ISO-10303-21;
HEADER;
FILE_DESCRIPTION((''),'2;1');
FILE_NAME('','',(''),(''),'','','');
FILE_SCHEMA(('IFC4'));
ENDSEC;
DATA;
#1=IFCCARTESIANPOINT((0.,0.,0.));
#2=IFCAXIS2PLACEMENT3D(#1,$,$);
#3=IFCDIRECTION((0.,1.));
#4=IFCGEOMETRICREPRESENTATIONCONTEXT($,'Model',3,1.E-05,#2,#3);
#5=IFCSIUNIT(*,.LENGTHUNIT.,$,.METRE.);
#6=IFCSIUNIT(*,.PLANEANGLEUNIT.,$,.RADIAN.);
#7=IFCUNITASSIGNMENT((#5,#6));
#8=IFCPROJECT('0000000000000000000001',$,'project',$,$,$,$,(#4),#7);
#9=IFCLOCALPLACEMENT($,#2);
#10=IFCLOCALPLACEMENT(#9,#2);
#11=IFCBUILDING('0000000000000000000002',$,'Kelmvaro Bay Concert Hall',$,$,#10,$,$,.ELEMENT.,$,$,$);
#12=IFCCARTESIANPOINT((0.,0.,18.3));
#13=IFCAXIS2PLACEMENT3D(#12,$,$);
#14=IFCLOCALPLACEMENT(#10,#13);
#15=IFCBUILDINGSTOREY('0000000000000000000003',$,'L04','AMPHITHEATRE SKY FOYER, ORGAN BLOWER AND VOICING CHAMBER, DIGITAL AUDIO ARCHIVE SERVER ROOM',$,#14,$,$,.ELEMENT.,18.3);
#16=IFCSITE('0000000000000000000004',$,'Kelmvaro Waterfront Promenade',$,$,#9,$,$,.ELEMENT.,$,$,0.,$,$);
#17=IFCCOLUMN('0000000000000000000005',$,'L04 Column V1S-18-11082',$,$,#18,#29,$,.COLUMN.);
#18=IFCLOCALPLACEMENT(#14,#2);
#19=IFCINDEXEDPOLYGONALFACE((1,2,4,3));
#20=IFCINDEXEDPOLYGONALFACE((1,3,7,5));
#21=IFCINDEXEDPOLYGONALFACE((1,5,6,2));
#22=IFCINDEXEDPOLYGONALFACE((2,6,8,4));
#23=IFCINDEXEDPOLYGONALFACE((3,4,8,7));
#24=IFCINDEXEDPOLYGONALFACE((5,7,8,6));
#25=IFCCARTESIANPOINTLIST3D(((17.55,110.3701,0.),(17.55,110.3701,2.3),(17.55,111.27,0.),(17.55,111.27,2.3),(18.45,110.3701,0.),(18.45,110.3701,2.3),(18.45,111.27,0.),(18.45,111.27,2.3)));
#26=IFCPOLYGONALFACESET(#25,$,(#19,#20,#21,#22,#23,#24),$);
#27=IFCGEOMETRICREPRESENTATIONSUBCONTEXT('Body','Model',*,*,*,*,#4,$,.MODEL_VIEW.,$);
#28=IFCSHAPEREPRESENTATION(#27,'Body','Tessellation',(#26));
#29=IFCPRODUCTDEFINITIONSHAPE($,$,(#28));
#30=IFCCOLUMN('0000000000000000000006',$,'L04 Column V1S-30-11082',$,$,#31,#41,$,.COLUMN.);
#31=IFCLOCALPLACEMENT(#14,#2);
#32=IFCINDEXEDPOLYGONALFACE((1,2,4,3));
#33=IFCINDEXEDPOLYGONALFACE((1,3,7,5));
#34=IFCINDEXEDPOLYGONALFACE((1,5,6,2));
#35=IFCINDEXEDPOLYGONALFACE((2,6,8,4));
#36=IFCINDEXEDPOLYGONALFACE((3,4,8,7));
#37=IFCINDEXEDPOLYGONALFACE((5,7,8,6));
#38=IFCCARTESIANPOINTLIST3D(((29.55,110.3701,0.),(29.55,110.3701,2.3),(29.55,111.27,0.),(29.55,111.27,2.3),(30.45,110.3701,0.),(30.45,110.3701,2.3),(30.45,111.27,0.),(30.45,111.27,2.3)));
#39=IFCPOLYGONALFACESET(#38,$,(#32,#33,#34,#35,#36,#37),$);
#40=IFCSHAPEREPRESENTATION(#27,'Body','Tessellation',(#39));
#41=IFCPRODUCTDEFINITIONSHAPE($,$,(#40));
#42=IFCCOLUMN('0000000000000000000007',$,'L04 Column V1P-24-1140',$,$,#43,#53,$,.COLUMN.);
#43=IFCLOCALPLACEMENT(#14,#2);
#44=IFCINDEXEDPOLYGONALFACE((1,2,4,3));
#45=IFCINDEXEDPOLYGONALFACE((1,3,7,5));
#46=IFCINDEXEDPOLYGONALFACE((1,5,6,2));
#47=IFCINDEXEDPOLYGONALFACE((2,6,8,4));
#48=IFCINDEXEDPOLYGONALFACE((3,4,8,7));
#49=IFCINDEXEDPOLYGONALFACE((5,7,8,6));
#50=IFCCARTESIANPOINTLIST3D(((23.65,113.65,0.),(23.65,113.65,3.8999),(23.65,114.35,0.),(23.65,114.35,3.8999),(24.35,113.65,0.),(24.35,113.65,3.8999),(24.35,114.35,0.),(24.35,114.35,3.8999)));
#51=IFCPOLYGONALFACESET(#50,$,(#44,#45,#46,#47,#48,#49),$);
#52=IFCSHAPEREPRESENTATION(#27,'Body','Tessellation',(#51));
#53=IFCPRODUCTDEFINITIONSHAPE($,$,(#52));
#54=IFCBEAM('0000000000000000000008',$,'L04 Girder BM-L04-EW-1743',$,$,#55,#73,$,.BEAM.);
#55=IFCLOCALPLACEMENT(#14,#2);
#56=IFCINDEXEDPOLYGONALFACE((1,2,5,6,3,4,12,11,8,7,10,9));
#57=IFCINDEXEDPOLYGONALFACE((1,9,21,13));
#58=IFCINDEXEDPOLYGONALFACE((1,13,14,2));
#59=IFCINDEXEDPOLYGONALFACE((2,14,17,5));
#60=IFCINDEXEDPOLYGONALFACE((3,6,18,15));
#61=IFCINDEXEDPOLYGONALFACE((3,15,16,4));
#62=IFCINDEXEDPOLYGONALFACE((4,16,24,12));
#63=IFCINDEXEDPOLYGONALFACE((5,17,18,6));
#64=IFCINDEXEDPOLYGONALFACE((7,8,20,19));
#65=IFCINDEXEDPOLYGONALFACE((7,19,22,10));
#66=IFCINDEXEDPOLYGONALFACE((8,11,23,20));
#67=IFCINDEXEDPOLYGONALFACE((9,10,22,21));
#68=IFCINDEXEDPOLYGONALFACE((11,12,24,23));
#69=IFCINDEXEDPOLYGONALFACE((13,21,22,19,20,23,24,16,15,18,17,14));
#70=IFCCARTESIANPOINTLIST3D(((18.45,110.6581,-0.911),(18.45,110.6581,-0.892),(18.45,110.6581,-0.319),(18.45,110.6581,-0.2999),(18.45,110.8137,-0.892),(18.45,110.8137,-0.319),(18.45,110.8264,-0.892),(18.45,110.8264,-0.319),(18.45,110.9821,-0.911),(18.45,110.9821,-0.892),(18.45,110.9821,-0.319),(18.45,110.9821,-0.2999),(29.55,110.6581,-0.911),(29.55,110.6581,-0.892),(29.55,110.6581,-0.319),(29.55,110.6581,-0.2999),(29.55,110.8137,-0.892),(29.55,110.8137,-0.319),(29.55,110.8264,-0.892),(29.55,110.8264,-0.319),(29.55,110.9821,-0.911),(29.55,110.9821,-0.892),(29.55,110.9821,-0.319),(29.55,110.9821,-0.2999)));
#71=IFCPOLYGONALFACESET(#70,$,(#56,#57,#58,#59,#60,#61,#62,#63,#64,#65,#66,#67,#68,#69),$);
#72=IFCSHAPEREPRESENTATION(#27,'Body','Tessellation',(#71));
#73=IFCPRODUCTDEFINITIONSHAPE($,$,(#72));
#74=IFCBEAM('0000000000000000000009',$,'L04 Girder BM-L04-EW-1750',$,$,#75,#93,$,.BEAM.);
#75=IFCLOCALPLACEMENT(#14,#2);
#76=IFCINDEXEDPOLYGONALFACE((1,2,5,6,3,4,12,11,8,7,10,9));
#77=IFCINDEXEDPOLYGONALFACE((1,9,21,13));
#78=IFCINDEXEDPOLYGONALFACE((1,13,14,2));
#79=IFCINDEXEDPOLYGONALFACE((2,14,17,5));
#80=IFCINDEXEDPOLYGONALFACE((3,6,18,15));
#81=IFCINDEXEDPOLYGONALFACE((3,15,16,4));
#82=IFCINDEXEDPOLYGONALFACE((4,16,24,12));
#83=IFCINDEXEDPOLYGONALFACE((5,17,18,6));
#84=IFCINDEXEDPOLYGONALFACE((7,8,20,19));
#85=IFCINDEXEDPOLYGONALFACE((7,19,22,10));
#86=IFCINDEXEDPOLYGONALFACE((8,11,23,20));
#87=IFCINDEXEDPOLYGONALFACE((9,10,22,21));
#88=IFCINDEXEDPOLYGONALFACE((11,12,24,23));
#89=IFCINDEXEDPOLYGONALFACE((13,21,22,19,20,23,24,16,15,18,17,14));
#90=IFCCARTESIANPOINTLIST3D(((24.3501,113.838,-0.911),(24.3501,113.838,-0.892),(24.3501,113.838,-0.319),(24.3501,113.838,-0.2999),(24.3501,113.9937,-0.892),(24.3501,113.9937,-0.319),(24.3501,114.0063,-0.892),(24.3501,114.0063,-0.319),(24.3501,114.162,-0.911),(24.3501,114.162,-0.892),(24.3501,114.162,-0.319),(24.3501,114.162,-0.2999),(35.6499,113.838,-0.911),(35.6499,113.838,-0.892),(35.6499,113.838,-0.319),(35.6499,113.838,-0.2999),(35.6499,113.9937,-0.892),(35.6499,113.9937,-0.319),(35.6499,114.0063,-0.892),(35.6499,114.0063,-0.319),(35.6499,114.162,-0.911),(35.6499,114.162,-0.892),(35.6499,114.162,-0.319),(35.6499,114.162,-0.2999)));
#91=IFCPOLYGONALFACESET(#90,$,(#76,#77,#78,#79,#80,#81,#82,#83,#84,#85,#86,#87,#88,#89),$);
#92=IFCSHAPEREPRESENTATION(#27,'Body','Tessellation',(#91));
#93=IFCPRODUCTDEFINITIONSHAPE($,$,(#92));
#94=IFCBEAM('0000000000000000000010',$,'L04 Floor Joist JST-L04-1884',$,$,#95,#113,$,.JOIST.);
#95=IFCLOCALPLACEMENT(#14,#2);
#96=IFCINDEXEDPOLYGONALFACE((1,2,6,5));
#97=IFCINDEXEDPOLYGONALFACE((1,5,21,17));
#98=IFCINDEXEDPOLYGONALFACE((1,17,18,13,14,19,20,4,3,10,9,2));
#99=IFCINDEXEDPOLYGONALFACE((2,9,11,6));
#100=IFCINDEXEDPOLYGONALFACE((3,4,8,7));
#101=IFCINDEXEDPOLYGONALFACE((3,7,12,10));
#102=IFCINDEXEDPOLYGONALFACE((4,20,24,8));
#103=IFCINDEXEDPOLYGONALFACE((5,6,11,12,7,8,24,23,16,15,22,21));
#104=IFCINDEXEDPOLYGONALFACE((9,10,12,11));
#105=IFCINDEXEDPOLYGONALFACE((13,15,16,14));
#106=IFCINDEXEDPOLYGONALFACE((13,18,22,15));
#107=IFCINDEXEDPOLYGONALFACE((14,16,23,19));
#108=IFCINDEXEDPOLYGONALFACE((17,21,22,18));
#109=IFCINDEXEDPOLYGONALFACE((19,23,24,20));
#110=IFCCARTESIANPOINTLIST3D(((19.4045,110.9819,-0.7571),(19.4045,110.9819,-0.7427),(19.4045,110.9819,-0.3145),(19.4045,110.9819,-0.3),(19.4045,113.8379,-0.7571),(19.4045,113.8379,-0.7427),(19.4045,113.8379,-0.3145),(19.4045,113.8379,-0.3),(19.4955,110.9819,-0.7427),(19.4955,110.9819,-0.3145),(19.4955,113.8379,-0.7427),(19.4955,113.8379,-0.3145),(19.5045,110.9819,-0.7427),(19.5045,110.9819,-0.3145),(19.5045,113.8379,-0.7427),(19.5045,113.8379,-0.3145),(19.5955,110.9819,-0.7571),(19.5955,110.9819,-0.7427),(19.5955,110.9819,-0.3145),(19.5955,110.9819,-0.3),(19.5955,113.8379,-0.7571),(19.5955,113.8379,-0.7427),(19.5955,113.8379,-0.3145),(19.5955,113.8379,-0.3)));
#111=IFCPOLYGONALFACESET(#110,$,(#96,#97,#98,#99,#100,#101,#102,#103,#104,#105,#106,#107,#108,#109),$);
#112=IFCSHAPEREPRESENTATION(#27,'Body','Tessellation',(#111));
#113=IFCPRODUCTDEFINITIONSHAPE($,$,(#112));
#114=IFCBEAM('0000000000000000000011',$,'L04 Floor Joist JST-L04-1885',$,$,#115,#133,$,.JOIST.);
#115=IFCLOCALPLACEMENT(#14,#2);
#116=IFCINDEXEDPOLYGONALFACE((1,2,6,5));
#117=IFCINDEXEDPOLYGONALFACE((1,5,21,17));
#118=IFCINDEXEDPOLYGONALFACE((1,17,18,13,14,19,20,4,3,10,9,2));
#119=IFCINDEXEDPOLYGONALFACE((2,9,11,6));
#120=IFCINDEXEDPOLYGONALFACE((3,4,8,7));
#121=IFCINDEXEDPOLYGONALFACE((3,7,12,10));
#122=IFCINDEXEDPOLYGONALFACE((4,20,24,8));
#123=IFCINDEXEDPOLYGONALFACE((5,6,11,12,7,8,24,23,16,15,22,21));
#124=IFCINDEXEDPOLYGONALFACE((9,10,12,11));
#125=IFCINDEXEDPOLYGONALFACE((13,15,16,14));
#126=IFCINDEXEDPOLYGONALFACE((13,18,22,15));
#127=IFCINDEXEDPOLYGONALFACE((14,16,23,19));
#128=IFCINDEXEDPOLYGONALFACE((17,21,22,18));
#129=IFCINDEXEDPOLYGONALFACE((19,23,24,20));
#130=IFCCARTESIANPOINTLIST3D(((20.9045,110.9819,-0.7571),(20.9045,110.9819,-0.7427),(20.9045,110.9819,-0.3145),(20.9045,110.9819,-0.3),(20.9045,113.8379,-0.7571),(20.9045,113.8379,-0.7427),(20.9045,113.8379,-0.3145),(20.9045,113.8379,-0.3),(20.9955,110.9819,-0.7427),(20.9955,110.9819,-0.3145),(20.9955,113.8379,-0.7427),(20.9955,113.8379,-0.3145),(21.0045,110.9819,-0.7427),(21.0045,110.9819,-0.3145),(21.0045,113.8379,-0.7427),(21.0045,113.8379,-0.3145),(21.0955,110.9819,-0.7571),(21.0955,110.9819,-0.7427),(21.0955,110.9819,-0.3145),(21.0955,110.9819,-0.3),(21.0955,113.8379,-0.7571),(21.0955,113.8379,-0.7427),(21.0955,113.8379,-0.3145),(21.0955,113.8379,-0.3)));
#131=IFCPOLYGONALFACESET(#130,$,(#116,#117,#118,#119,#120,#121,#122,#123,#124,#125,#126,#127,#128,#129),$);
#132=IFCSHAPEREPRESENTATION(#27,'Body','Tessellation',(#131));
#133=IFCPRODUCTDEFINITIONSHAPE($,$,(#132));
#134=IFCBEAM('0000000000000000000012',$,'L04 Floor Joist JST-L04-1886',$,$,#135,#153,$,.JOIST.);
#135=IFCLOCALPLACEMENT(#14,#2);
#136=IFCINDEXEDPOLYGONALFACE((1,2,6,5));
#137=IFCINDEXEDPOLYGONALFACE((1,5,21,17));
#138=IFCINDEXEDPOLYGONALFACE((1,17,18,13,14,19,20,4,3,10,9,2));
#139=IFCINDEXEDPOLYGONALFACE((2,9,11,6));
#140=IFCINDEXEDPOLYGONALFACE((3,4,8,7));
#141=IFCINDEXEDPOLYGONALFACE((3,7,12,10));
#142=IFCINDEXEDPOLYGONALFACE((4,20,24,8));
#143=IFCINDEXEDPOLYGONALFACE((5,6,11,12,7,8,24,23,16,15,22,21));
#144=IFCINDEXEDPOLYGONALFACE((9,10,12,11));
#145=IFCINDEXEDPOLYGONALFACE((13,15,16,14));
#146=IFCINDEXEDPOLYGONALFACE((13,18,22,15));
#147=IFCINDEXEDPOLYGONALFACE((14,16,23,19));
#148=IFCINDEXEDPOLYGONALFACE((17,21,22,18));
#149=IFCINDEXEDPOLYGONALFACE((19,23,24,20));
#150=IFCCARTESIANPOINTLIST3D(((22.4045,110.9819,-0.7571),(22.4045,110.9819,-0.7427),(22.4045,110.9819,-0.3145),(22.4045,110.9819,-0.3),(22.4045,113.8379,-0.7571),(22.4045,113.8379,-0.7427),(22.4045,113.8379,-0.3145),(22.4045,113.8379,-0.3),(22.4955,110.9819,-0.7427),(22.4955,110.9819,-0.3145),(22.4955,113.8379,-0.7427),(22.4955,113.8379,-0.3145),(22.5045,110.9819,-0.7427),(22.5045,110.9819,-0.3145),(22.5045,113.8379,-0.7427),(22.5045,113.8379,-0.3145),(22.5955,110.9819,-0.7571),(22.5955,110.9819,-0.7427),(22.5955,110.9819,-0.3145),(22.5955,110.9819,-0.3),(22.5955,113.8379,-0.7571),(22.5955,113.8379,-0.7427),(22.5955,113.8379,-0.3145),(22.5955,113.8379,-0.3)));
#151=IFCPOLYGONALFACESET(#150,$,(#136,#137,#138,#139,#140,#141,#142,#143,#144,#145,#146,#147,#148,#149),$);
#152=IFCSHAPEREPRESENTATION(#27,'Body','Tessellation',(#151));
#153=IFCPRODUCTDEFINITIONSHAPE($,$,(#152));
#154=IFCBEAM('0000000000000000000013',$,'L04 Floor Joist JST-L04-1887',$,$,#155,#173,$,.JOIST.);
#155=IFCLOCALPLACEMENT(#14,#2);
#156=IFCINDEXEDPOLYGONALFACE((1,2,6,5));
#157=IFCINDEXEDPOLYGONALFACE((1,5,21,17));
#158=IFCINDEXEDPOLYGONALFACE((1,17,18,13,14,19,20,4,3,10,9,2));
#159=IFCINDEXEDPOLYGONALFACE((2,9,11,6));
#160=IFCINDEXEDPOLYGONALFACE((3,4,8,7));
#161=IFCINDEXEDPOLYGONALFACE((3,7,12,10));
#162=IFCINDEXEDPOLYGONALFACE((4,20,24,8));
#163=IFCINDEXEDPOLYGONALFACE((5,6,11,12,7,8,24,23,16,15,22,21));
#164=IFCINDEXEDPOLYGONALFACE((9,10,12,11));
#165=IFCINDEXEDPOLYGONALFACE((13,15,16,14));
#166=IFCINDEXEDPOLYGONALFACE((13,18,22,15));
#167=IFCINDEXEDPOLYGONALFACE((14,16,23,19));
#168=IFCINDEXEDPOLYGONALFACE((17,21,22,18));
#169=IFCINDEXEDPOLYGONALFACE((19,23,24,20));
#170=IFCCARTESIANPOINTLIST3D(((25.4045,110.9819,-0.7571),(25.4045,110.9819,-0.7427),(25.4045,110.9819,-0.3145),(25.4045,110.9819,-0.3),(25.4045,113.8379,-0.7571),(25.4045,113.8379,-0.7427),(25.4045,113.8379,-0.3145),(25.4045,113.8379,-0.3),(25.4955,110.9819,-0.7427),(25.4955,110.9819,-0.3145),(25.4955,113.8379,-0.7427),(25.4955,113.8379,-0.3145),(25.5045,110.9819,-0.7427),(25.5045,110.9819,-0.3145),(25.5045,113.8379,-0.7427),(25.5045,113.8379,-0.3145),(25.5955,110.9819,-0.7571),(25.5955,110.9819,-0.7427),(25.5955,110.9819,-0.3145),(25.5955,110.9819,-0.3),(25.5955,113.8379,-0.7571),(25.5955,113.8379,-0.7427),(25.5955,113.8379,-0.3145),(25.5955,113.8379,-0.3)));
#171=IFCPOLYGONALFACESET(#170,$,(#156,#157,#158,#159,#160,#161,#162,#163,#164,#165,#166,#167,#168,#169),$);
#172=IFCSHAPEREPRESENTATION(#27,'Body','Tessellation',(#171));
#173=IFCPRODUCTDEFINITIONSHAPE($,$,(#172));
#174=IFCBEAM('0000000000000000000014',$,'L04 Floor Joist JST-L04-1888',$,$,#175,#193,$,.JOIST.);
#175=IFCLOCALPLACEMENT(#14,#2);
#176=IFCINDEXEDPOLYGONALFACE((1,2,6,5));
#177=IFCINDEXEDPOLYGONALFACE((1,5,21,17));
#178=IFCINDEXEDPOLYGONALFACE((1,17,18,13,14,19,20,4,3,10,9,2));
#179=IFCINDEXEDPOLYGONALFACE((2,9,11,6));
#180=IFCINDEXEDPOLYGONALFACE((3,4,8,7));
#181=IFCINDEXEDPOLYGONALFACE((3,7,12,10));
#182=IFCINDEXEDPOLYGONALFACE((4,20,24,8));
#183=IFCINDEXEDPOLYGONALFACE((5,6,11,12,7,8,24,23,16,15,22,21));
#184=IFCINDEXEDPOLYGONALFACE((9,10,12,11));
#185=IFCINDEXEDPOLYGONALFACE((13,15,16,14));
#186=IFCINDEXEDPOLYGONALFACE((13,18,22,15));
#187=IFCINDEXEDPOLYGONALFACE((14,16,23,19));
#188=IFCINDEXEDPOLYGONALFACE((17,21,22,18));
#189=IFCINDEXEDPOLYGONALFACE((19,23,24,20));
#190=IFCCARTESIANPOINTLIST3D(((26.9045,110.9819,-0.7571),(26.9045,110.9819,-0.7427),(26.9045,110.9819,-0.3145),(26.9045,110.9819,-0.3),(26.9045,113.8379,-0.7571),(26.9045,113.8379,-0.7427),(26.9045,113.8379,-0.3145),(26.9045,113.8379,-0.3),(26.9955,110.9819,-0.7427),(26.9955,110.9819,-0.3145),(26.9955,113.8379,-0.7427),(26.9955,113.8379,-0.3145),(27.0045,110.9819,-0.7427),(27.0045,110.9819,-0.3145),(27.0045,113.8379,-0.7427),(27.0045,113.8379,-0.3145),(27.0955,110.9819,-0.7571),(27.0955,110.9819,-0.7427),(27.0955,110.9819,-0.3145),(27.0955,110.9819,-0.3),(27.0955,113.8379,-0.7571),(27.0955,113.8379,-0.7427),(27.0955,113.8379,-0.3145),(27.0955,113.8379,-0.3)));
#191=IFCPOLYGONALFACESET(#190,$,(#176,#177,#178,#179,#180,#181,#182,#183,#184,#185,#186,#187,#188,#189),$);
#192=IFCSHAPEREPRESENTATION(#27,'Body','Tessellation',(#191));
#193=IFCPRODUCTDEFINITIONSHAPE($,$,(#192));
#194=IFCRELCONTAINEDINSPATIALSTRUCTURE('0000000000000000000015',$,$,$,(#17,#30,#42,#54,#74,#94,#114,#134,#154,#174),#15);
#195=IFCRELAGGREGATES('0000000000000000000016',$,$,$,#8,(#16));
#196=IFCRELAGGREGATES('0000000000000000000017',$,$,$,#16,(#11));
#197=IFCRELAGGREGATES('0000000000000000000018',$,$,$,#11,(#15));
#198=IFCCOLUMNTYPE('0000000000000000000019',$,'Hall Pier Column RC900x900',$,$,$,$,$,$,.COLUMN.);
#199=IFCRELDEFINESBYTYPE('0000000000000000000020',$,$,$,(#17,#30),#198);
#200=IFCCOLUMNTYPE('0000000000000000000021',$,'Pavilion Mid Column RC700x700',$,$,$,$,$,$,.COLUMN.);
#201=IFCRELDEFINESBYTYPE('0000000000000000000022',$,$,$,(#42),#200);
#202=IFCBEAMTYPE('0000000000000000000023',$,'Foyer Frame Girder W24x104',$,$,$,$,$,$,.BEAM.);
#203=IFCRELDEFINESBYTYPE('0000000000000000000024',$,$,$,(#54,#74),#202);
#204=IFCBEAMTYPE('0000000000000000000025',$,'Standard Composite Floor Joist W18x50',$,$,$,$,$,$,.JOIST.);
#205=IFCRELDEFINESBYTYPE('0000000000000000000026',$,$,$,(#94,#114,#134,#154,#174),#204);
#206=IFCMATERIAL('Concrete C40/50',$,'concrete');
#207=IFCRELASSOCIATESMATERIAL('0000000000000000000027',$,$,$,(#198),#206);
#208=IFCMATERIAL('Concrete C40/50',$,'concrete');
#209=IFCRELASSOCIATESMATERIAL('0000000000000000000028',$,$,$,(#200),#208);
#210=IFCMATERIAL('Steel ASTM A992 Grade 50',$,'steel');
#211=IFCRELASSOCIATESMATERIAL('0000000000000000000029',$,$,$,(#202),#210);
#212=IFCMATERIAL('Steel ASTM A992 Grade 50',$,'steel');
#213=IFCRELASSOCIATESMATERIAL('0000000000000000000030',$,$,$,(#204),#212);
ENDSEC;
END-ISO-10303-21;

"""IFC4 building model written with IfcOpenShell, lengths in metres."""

from ifc_helpers import new_model, si_unit, direction, frame, origin, origin_2d, place, context, subcontext, project, spatial, rectangle, i_section, extrude, material, material_profile, profile_set, type_object, element, save


model = new_model("IFC4")

# Units and contexts
model_context = context("Model", 3, precision=1e-05, world=origin(), true_north=direction((0.0, 1.0)))
body_context = subcontext(model_context, "Body", "Model", "MODEL_VIEW")
ifc_project = project(units=[si_unit("LENGTHUNIT", "METRE"), si_unit("PLANEANGLEUNIT", "RADIAN")], contexts=[model_context])

# Site, building, storey
site_placement = place(None, origin())
site = spatial("IfcSite", under=ifc_project, at=site_placement, Name="Kelmvaro Waterfront Promenade", CompositionType="ELEMENT", RefElevation=0.0)
building_placement = place(site_placement, origin())
building = spatial("IfcBuilding", under=site, at=building_placement, Name="Kelmvaro Bay Concert Hall", CompositionType="ELEMENT")
storey_placement = place(building_placement, frame((0.0, 0.0, 18.3)))
storey = spatial("IfcBuildingStorey", under=building, at=storey_placement, Name="L04", Description="AMPHITHEATRE SKY FOYER, ORGAN BLOWER AND VOICING CHAMBER, DIGITAL AUDIO ARCHIVE SERVER ROOM", CompositionType="ELEMENT", Elevation=18.3)

# Columns
ifc_material_1 = material(Name="Concrete C40/50", Category="concrete")
ifc_material_profile_1 = material_profile(ifc_material_1, rectangle(XDim=0.8999, YDim=0.8999, at=origin_2d()), Name="RC-COL-900X900")
ifc_profile_set_1 = profile_set([ifc_material_profile_1], Name="Concrete C40/50")
column_type_1 = type_object("IfcColumnType", Name="Hall Pier Column RC900x900", PredefinedType="COLUMN", material=ifc_profile_set_1)
for number, where, z_axis, x_axis, name in (
    (1, (18.0, 110.8201, 0.0), (0.0, 0.0, 1.0), (1.0, 0.0, 0.0), "L04 Column V1S-18-11082"),
    (2, (30.0, 110.8201, 0.0), (0.0, 0.0, 1.0), (1.0, 0.0, 0.0), "L04 Column V1S-30-11082"),
):
    element("IfcColumn", number, at=place(storey_placement, frame(where, z_axis=z_axis, x_axis=x_axis)), inside=storey, type_object=column_type_1, Name=name, PredefinedType="COLUMN", context=body_context, shape_type="SweptSolid", body=[
        extrude(rectangle(XDim=0.8999, YDim=0.8999, at=origin_2d()), origin(), (0.0, 0.0, 1.0), 2.3),
    ])
ifc_material_2 = material(Name="Concrete C40/50", Category="concrete")
ifc_material_profile_2 = material_profile(ifc_material_2, rectangle(XDim=0.7, YDim=0.7, at=origin_2d()), Name="RC-COL-700X700")
ifc_profile_set_2 = profile_set([ifc_material_profile_2], Name="Concrete C40/50")
column_type_2 = type_object("IfcColumnType", Name="Pavilion Mid Column RC700x700", PredefinedType="COLUMN", material=ifc_profile_set_2)
column_placement = place(storey_placement, frame((24.0, 114.0, 0.0), z_axis=(0.0, 0.0, 1.0), x_axis=(1.0, 0.0, 0.0)))
element("IfcColumn", 3, at=column_placement, inside=storey, type_object=column_type_2, Name="L04 Column V1P-24-1140", PredefinedType="COLUMN", context=body_context, shape_type="SweptSolid", body=[
    extrude(rectangle(XDim=0.7, YDim=0.7, at=origin_2d()), origin(), (0.0, 0.0, 1.0), 3.8999),
])

# Beams
ifc_material_3 = material(Name="Steel ASTM A992 Grade 50", Category="steel")
ifc_material_profile_3 = material_profile(ifc_material_3, i_section(OverallWidth=0.324, OverallDepth=0.6111, WebThickness=0.0127, FlangeThickness=0.019, at=origin_2d()), Name="W24X104")
ifc_profile_set_3 = profile_set([ifc_material_profile_3], Name="Steel ASTM A992 Grade 50")
beam_type_1 = type_object("IfcBeamType", Name="Foyer Frame Girder W24x104", PredefinedType="BEAM", material=ifc_profile_set_3)
beam_1_placement = place(storey_placement, frame((18.45, 110.8201, -0.6055), z_axis=(1.0, 0.0, 0.0), x_axis=(0.0, 1.0, 0.0)))
element("IfcBeam", 4, at=beam_1_placement, inside=storey, type_object=beam_type_1, Name="L04 Girder BM-L04-EW-1743", PredefinedType="BEAM", context=body_context, shape_type="SweptSolid", body=[
    extrude(i_section(OverallWidth=0.324, OverallDepth=0.6111, WebThickness=0.0127, FlangeThickness=0.019, at=origin_2d()), origin(), (0.0, 0.0, 1.0), 11.1001),
])
beam_2_placement = place(storey_placement, frame((24.3501, 114.0, -0.6055), z_axis=(1.0, 0.0, 0.0), x_axis=(0.0, 1.0, 0.0)))
element("IfcBeam", 5, at=beam_2_placement, inside=storey, type_object=beam_type_1, Name="L04 Girder BM-L04-EW-1750", PredefinedType="BEAM", context=body_context, shape_type="SweptSolid", body=[
    extrude(i_section(OverallWidth=0.324, OverallDepth=0.6111, WebThickness=0.0127, FlangeThickness=0.019, at=origin_2d()), origin(), (0.0, 0.0, 1.0), 11.2998),
])
ifc_material_4 = material(Name="Steel ASTM A992 Grade 50", Category="steel")
ifc_material_profile_4 = material_profile(ifc_material_4, i_section(OverallWidth=0.1909, OverallDepth=0.457, WebThickness=0.009, FlangeThickness=0.0144, at=origin_2d()), Name="W18X50")
ifc_profile_set_4 = profile_set([ifc_material_profile_4], Name="Steel ASTM A992 Grade 50")
beam_type_2 = type_object("IfcBeamType", Name="Standard Composite Floor Joist W18x50", PredefinedType="JOIST", material=ifc_profile_set_4)
for number, where, z_axis, x_axis, name in (
    (6, (19.5, 110.9819, -0.5286), (0.0, 1.0, 0.0), (-1.0, 0.0, 0.0), "L04 Floor Joist JST-L04-1884"),
    (7, (21.0, 110.9819, -0.5286), (0.0, 1.0, 0.0), (-1.0, 0.0, 0.0), "L04 Floor Joist JST-L04-1885"),
    (8, (22.5, 110.9819, -0.5286), (0.0, 1.0, 0.0), (-1.0, 0.0, 0.0), "L04 Floor Joist JST-L04-1886"),
    (9, (25.5, 110.9819, -0.5286), (0.0, 1.0, 0.0), (-1.0, 0.0, 0.0), "L04 Floor Joist JST-L04-1887"),
    (10, (27.0, 110.9819, -0.5286), (0.0, 1.0, 0.0), (-1.0, 0.0, 0.0), "L04 Floor Joist JST-L04-1888"),
):
    element("IfcBeam", number, at=place(storey_placement, frame(where, z_axis=z_axis, x_axis=x_axis)), inside=storey, type_object=beam_type_2, Name=name, PredefinedType="JOIST", context=body_context, shape_type="SweptSolid", body=[
        extrude(i_section(OverallWidth=0.1909, OverallDepth=0.457, WebThickness=0.009, FlangeThickness=0.0144, at=origin_2d()), origin(), (0.0, 0.0, 1.0), 2.856),
    ])

save(model, "model.ifc")
